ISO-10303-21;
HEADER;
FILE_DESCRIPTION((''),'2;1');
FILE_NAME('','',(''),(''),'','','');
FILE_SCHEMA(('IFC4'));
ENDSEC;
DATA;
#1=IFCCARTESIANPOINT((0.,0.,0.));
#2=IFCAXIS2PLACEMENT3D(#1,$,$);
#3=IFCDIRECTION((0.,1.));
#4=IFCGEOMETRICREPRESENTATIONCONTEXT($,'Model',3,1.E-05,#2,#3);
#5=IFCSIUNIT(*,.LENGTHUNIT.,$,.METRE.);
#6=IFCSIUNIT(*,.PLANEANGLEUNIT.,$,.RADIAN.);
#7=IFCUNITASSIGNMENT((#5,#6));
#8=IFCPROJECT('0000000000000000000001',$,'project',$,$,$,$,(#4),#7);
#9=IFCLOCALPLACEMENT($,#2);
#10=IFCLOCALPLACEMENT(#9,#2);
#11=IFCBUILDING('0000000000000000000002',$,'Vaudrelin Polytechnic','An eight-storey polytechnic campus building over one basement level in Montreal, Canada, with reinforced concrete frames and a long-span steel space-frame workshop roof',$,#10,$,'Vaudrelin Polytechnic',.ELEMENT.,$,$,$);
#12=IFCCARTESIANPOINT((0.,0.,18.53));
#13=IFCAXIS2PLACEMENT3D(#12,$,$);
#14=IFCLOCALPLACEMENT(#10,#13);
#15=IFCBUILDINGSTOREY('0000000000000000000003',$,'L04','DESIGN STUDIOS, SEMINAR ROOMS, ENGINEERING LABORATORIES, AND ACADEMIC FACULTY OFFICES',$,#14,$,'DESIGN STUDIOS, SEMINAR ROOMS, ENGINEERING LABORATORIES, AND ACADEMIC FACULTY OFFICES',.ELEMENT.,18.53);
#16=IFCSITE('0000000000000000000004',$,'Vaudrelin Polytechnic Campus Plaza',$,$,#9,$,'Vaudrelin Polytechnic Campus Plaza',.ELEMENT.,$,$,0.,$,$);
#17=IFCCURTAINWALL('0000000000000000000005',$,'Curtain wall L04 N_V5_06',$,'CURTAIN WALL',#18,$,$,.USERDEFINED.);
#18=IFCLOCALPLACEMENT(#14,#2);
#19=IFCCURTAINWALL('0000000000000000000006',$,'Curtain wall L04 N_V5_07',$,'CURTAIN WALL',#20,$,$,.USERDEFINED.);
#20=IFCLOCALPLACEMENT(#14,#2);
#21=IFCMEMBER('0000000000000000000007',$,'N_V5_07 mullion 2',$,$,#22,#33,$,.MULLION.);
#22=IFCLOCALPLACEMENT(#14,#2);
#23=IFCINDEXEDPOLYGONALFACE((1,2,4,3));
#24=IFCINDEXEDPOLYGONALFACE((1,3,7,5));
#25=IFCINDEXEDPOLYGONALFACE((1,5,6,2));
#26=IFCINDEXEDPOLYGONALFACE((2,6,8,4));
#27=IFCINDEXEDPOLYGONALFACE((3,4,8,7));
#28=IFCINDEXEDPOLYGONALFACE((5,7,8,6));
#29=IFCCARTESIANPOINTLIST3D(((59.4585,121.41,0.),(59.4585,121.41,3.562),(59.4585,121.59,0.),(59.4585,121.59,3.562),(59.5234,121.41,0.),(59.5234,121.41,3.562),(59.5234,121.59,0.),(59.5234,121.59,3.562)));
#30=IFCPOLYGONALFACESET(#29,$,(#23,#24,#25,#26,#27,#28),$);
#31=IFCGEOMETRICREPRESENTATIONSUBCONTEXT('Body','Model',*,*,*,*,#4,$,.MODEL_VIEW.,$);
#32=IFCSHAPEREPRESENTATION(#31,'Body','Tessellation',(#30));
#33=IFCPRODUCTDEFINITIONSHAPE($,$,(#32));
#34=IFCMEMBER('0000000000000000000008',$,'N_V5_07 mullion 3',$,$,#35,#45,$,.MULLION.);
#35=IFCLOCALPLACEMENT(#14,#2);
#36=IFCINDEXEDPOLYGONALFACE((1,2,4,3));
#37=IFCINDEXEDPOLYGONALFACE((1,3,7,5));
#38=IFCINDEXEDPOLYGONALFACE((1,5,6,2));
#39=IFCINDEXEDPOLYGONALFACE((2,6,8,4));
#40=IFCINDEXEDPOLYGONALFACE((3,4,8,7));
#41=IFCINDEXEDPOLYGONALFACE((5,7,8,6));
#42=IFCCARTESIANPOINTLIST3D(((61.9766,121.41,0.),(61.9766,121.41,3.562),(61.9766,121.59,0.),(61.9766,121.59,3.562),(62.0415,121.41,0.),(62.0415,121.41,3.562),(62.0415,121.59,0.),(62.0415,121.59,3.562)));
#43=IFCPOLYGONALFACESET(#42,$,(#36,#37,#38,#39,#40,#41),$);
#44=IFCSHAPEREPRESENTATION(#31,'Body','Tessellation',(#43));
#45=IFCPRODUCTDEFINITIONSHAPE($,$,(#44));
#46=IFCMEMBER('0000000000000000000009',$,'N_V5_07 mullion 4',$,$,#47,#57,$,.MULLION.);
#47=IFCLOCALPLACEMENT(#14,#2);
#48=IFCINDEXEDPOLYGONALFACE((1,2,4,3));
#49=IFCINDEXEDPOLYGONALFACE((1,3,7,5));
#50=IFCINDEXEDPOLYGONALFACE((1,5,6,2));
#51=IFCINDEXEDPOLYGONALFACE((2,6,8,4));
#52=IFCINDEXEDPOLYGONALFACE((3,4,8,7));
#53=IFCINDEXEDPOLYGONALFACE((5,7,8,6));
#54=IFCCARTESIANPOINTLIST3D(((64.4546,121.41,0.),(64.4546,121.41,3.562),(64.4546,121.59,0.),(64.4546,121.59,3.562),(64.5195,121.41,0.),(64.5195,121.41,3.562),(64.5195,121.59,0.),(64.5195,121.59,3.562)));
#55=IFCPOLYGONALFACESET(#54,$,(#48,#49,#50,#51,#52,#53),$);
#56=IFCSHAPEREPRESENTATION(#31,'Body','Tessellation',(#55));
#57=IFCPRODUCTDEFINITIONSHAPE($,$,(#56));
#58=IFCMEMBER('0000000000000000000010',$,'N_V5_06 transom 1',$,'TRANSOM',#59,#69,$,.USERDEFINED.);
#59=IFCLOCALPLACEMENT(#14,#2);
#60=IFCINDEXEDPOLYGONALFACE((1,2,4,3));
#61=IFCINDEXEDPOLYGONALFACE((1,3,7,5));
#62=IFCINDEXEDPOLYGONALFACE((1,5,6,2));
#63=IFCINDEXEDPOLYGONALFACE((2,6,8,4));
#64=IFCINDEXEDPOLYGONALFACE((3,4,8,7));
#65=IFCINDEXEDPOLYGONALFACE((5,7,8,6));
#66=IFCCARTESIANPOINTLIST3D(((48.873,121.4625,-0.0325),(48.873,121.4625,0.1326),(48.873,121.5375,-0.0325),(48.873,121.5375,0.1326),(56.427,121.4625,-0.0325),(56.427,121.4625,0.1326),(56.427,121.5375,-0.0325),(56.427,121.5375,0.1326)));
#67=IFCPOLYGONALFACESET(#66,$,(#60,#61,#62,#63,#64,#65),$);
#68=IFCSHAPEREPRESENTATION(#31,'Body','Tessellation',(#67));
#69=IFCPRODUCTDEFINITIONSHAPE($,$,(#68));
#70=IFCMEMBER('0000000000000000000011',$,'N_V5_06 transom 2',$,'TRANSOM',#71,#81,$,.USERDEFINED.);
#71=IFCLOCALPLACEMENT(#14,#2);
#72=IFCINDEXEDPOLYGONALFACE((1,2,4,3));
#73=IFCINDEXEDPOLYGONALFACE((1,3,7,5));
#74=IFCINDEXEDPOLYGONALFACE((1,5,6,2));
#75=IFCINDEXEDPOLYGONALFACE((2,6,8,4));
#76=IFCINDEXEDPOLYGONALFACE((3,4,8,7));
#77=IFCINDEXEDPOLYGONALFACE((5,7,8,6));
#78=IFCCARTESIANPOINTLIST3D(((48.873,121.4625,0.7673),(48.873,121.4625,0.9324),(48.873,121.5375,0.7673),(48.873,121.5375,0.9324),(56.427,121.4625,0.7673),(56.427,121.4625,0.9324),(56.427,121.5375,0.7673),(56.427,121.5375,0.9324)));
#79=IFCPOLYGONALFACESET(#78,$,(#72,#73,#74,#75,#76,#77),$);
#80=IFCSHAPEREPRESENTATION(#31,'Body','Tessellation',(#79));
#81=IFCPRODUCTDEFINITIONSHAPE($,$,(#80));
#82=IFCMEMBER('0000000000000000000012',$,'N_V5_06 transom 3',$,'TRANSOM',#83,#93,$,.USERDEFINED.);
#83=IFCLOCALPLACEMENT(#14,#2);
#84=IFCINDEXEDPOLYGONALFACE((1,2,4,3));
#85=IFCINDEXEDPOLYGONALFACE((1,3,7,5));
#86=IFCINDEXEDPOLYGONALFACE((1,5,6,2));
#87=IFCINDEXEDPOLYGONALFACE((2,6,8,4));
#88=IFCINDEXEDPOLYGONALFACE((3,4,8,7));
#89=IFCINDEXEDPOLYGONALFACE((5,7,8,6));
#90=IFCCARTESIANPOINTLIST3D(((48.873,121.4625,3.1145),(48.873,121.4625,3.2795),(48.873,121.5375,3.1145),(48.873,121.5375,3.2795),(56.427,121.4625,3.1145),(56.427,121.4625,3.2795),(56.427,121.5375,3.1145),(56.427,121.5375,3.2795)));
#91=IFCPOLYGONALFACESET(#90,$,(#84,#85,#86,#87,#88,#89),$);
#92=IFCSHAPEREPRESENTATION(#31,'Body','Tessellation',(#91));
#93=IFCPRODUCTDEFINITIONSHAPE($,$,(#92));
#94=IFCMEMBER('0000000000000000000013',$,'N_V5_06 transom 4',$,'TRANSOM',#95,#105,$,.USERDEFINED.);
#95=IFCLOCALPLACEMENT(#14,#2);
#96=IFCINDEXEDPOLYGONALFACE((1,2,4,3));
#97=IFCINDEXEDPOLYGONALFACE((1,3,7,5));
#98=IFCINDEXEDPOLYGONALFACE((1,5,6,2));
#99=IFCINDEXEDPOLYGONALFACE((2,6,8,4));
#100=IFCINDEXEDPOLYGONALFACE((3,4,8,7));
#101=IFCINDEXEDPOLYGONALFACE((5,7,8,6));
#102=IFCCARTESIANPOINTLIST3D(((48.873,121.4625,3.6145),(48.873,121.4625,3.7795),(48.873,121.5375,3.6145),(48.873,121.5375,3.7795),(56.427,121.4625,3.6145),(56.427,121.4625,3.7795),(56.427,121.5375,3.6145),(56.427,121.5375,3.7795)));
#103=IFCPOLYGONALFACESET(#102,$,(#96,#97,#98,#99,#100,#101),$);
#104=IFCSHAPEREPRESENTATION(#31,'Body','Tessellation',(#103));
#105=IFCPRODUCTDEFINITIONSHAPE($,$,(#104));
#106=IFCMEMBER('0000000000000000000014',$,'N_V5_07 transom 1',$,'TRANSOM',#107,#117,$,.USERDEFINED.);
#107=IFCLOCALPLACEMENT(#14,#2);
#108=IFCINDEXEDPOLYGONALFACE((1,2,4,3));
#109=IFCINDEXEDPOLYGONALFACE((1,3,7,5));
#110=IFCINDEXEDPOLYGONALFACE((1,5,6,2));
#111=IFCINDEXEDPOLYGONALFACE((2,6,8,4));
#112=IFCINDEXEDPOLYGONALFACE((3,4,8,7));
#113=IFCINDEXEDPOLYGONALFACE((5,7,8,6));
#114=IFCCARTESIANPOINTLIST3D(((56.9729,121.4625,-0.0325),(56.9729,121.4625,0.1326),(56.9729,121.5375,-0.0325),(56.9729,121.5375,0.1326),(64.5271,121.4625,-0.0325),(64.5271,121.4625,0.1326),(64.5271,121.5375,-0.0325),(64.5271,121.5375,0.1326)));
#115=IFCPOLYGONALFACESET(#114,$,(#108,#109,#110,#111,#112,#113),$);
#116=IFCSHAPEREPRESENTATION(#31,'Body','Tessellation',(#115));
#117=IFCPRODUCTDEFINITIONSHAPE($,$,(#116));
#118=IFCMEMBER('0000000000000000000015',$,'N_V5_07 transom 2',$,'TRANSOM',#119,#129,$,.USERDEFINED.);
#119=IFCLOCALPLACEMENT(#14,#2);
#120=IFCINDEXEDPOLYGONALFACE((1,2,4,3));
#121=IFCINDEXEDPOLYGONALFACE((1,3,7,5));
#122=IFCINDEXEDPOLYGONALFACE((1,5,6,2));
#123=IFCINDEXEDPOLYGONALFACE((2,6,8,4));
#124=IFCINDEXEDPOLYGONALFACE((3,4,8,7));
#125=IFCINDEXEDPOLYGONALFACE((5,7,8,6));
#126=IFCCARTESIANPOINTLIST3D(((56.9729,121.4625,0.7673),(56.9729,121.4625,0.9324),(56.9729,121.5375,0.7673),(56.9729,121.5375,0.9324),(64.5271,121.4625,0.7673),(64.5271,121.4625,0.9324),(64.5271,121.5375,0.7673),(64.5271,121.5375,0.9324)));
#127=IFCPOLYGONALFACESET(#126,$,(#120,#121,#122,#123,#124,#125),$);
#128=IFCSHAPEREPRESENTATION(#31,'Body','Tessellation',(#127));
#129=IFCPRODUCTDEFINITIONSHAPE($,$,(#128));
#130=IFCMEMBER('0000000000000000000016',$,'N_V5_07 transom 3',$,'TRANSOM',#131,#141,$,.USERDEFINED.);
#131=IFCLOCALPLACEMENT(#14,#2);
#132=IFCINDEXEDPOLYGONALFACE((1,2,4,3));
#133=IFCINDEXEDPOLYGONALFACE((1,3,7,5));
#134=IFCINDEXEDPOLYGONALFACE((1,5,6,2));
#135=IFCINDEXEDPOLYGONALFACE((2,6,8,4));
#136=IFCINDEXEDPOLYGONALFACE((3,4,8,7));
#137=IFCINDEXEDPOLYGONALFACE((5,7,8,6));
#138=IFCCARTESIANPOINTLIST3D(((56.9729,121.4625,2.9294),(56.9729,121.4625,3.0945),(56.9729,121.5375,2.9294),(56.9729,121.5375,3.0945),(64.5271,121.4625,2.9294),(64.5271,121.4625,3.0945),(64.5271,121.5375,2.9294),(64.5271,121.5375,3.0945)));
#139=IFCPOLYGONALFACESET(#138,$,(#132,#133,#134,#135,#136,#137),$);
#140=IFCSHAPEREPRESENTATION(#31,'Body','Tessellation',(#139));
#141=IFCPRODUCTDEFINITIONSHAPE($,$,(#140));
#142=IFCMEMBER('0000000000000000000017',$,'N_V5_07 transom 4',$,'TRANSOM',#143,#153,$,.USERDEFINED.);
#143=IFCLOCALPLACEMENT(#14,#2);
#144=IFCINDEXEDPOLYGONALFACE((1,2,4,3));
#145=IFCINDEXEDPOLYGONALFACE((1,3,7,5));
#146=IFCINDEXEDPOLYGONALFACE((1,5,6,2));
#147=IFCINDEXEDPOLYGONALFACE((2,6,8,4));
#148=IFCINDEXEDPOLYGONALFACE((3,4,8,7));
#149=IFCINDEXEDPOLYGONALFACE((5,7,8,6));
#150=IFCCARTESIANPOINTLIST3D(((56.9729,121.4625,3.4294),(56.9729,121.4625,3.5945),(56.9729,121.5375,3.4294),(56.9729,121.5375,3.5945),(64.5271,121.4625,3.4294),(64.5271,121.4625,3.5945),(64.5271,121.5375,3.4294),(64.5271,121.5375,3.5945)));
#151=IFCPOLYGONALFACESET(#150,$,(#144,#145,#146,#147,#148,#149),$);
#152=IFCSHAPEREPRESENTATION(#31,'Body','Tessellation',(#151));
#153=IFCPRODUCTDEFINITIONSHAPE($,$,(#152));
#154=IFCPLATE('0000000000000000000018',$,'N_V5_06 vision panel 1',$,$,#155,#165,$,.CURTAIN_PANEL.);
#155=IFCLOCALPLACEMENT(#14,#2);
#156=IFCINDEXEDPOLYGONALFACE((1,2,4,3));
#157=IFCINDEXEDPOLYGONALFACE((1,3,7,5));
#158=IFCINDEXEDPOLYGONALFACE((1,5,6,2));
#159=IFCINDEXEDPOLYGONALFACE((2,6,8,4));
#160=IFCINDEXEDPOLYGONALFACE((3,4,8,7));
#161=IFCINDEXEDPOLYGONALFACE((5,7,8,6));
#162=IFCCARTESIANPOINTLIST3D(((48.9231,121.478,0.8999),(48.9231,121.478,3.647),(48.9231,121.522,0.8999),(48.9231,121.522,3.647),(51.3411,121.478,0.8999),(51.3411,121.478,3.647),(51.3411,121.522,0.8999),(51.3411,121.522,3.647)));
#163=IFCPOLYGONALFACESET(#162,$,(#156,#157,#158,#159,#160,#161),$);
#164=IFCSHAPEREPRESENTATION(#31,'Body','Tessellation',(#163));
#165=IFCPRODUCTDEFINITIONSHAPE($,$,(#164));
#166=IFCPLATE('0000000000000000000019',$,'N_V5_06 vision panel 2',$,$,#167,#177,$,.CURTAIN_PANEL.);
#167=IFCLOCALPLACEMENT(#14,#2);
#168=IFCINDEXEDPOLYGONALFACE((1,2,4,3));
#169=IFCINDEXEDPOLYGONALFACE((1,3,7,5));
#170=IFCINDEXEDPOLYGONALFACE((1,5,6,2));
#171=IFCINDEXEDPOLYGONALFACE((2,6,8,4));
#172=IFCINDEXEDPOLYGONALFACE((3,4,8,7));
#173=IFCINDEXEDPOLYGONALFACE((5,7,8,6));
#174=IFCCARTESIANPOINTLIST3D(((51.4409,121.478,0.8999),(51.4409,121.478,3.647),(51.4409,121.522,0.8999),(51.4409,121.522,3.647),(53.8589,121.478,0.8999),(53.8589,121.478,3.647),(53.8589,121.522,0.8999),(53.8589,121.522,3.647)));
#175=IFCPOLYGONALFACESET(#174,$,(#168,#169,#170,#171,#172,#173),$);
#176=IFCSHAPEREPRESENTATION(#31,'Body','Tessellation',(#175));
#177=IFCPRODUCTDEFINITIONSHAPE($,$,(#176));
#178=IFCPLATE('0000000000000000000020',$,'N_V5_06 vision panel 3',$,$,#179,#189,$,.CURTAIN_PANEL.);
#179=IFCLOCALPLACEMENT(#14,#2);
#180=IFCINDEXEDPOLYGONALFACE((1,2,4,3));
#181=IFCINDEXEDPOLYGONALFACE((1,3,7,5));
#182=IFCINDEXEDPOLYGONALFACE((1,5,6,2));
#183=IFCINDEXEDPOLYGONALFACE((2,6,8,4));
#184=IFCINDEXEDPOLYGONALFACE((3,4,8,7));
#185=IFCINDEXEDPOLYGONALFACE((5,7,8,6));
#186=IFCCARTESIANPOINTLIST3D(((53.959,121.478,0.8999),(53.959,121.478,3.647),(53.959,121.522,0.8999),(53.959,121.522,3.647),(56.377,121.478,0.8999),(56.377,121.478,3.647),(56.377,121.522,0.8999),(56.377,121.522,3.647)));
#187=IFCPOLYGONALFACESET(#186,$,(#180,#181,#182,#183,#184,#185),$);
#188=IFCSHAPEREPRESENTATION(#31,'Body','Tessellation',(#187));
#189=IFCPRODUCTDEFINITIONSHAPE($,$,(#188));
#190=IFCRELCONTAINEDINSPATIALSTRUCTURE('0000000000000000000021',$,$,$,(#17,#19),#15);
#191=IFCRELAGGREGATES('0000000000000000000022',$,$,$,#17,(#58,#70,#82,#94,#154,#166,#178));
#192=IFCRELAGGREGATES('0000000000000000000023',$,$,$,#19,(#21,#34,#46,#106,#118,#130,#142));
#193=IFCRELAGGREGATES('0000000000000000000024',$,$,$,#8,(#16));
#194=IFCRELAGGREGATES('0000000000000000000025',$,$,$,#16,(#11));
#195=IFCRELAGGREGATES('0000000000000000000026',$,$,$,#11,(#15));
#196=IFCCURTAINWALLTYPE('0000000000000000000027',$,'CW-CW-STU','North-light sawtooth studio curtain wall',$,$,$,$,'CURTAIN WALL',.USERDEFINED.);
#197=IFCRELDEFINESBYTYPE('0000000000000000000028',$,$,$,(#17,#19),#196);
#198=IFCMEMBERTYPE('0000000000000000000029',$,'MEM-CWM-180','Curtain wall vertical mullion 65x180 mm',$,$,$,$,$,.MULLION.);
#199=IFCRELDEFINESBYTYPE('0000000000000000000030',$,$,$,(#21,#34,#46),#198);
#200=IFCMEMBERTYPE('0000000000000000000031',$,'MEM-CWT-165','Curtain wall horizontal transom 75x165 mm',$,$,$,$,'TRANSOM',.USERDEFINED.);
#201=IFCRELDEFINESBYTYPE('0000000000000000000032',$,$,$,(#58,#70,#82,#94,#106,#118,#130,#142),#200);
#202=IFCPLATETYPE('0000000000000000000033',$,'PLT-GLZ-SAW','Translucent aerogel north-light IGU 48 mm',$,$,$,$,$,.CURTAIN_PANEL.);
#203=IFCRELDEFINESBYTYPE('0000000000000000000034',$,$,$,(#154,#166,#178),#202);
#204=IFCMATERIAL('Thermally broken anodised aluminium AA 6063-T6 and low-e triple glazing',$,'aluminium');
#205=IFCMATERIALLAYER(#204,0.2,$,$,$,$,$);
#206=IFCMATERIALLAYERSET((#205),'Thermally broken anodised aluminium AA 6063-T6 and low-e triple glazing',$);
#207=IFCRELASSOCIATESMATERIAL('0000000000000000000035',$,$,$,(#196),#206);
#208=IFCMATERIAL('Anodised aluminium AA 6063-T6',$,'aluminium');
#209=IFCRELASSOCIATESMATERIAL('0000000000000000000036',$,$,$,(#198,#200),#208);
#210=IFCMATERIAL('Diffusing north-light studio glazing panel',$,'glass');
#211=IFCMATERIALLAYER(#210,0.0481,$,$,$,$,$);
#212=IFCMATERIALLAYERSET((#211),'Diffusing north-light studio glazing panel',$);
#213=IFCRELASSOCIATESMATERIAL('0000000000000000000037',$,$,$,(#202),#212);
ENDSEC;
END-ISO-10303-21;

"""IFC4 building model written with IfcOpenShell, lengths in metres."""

from ifc_helpers import new_model, si_unit, direction, frame, origin, origin_2d, place, context, subcontext, project, spatial, rectangle, extrude, material, layer, layer_set, material_profile, profile_set, type_object, element, aggregate, save


model = new_model("IFC4")

# Units and contexts
model_context = context("Model", 3, precision=1e-05, world=origin(), true_north=direction((0.0, 1.0)))
body_context = subcontext(model_context, "Body", "Model", "MODEL_VIEW")
ifc_project = project(units=[si_unit("LENGTHUNIT", "METRE"), si_unit("PLANEANGLEUNIT", "RADIAN")], contexts=[model_context])

# Site, building, storey
site_placement = place(None, origin())
site = spatial("IfcSite", under=ifc_project, at=site_placement, Name="Vaudrelin Polytechnic Campus Plaza", LongName="Vaudrelin Polytechnic Campus Plaza", CompositionType="ELEMENT", RefElevation=0.0)
building_placement = place(site_placement, origin())
building = spatial("IfcBuilding", under=site, at=building_placement, Name="Vaudrelin Polytechnic", Description="An eight-storey polytechnic campus building over one basement level in Montreal, Canada, with reinforced concrete frames and a long-span steel space-frame workshop roof", LongName="Vaudrelin Polytechnic", CompositionType="ELEMENT")
storey_placement = place(building_placement, frame((0.0, 0.0, 18.53)))
storey = spatial("IfcBuildingStorey", under=building, at=storey_placement, Name="L04", Description="DESIGN STUDIOS, SEMINAR ROOMS, ENGINEERING LABORATORIES, AND ACADEMIC FACULTY OFFICES", LongName="DESIGN STUDIOS, SEMINAR ROOMS, ENGINEERING LABORATORIES, AND ACADEMIC FACULTY OFFICES", CompositionType="ELEMENT", Elevation=18.53)

# Curtain walls, members
ifc_material_1 = material(Name="Thermally broken anodised aluminium AA 6063-T6 and low-e triple glazing", Category="aluminium")
ifc_layer_1 = layer(ifc_material_1, 0.2)
ifc_layer_set_1 = layer_set([ifc_layer_1], Name="Thermally broken anodised aluminium AA 6063-T6 and low-e triple glazing")
curtain_wall_type = type_object("IfcCurtainWallType", Name="CW-CW-STU", Description="North-light sawtooth studio curtain wall", ElementType="CURTAIN WALL", PredefinedType="USERDEFINED", material=ifc_layer_set_1)
curtain_wall_1_placement = place(storey_placement, origin())
curtain_wall_1 = element("IfcCurtainWall", 1, at=curtain_wall_1_placement, inside=storey, type_object=curtain_wall_type, Name="Curtain wall L04 N_V5_06", ObjectType="CURTAIN WALL", PredefinedType="USERDEFINED")
ifc_material_2 = material(Name="Anodised aluminium AA 6063-T6", Category="aluminium")
ifc_material_profile_1 = material_profile(ifc_material_2, rectangle(XDim=0.0649, YDim=0.1799, at=origin_2d()), Name="CWM-65x180")
ifc_profile_set_1 = profile_set([ifc_material_profile_1], Name="Anodised aluminium AA 6063-T6")
member_type_1 = type_object("IfcMemberType", Name="MEM-CWM-180", Description="Curtain wall vertical mullion 65x180 mm", PredefinedType="MULLION", material=ifc_profile_set_1)
curtain_wall_2_placement = place(storey_placement, origin())
curtain_wall_2 = element("IfcCurtainWall", 2, at=curtain_wall_2_placement, inside=storey, type_object=curtain_wall_type, Name="Curtain wall L04 N_V5_07", ObjectType="CURTAIN WALL", PredefinedType="USERDEFINED")
member_1_placement = place(storey_placement, frame((59.491, 121.5, 0.0), z_axis=(0.0, 0.0, 1.0), x_axis=(1.0, 0.0, 0.0)))
member_1 = element("IfcMember", 3, at=member_1_placement, type_object=member_type_1, Name="N_V5_07 mullion 2", PredefinedType="MULLION", context=body_context, shape_type="SweptSolid", body=[
    extrude(rectangle(XDim=0.0649, YDim=0.1799, at=origin_2d()), origin(), (0.0, 0.0, 1.0), 3.562),
])
member_2_placement = place(storey_placement, frame((62.009, 121.5, 0.0), z_axis=(0.0, 0.0, 1.0), x_axis=(1.0, 0.0, 0.0)))
member_2 = element("IfcMember", 4, at=member_2_placement, type_object=member_type_1, Name="N_V5_07 mullion 3", PredefinedType="MULLION", context=body_context, shape_type="SweptSolid", body=[
    extrude(rectangle(XDim=0.0649, YDim=0.1799, at=origin_2d()), origin(), (0.0, 0.0, 1.0), 3.562),
])
member_3_placement = place(storey_placement, frame((64.4871, 121.5, 0.0), z_axis=(0.0, 0.0, 1.0), x_axis=(1.0, 0.0, 0.0)))
member_3 = element("IfcMember", 5, at=member_3_placement, type_object=member_type_1, Name="N_V5_07 mullion 4", PredefinedType="MULLION", context=body_context, shape_type="SweptSolid", body=[
    extrude(rectangle(XDim=0.0649, YDim=0.1799, at=origin_2d()), origin(), (0.0, 0.0, 1.0), 3.562),
])

# Members
ifc_material_profile_2 = material_profile(ifc_material_2, rectangle(XDim=0.075, YDim=0.165, at=origin_2d()), Name="CWT-75x165")
ifc_profile_set_2 = profile_set([ifc_material_profile_2], Name="Anodised aluminium AA 6063-T6")
member_type_2 = type_object("IfcMemberType", Name="MEM-CWT-165", Description="Curtain wall horizontal transom 75x165 mm", ElementType="TRANSOM", PredefinedType="USERDEFINED", material=ifc_profile_set_2)
member_4_placement = place(storey_placement, frame((48.873, 121.5, 0.05), z_axis=(1.0, 0.0, 0.0), x_axis=(0.0, 1.0, 0.0)))
member_4 = element("IfcMember", 6, at=member_4_placement, type_object=member_type_2, Name="N_V5_06 transom 1", ObjectType="TRANSOM", PredefinedType="USERDEFINED", context=body_context, shape_type="SweptSolid", body=[
    extrude(rectangle(XDim=0.075, YDim=0.165, at=origin_2d()), origin(), (0.0, 0.0, 1.0), 7.554),
])
member_5_placement = place(storey_placement, frame((48.873, 121.5, 0.8499), z_axis=(1.0, 0.0, 0.0), x_axis=(0.0, 1.0, 0.0)))
member_5 = element("IfcMember", 7, at=member_5_placement, type_object=member_type_2, Name="N_V5_06 transom 2", ObjectType="TRANSOM", PredefinedType="USERDEFINED", context=body_context, shape_type="SweptSolid", body=[
    extrude(rectangle(XDim=0.075, YDim=0.165, at=origin_2d()), origin(), (0.0, 0.0, 1.0), 7.554),
])
member_6_placement = place(storey_placement, frame((48.873, 121.5, 3.197), z_axis=(1.0, 0.0, 0.0), x_axis=(0.0, 1.0, 0.0)))
member_6 = element("IfcMember", 8, at=member_6_placement, type_object=member_type_2, Name="N_V5_06 transom 3", ObjectType="TRANSOM", PredefinedType="USERDEFINED", context=body_context, shape_type="SweptSolid", body=[
    extrude(rectangle(XDim=0.075, YDim=0.165, at=origin_2d()), origin(), (0.0, 0.0, 1.0), 7.554),
])
member_7_placement = place(storey_placement, frame((48.873, 121.5, 3.697), z_axis=(1.0, 0.0, 0.0), x_axis=(0.0, 1.0, 0.0)))
member_7 = element("IfcMember", 9, at=member_7_placement, type_object=member_type_2, Name="N_V5_06 transom 4", ObjectType="TRANSOM", PredefinedType="USERDEFINED", context=body_context, shape_type="SweptSolid", body=[
    extrude(rectangle(XDim=0.075, YDim=0.165, at=origin_2d()), origin(), (0.0, 0.0, 1.0), 7.554),
])
member_8_placement = place(storey_placement, frame((56.9729, 121.5, 0.05), z_axis=(1.0, 0.0, 0.0), x_axis=(0.0, 1.0, 0.0)))
member_8 = element("IfcMember", 10, at=member_8_placement, type_object=member_type_2, Name="N_V5_07 transom 1", ObjectType="TRANSOM", PredefinedType="USERDEFINED", context=body_context, shape_type="SweptSolid", body=[
    extrude(rectangle(XDim=0.075, YDim=0.165, at=origin_2d()), origin(), (0.0, 0.0, 1.0), 7.5542),
])
member_9_placement = place(storey_placement, frame((56.9729, 121.5, 0.8499), z_axis=(1.0, 0.0, 0.0), x_axis=(0.0, 1.0, 0.0)))
member_9 = element("IfcMember", 11, at=member_9_placement, type_object=member_type_2, Name="N_V5_07 transom 2", ObjectType="TRANSOM", PredefinedType="USERDEFINED", context=body_context, shape_type="SweptSolid", body=[
    extrude(rectangle(XDim=0.075, YDim=0.165, at=origin_2d()), origin(), (0.0, 0.0, 1.0), 7.5542),
])
member_10_placement = place(storey_placement, frame((56.9729, 121.5, 3.012), z_axis=(1.0, 0.0, 0.0), x_axis=(0.0, 1.0, 0.0)))
member_10 = element("IfcMember", 12, at=member_10_placement, type_object=member_type_2, Name="N_V5_07 transom 3", ObjectType="TRANSOM", PredefinedType="USERDEFINED", context=body_context, shape_type="SweptSolid", body=[
    extrude(rectangle(XDim=0.075, YDim=0.165, at=origin_2d()), origin(), (0.0, 0.0, 1.0), 7.5542),
])
member_11_placement = place(storey_placement, frame((56.9729, 121.5, 3.512), z_axis=(1.0, 0.0, 0.0), x_axis=(0.0, 1.0, 0.0)))
member_11 = element("IfcMember", 13, at=member_11_placement, type_object=member_type_2, Name="N_V5_07 transom 4", ObjectType="TRANSOM", PredefinedType="USERDEFINED", context=body_context, shape_type="SweptSolid", body=[
    extrude(rectangle(XDim=0.075, YDim=0.165, at=origin_2d()), origin(), (0.0, 0.0, 1.0), 7.5542),
])

# Plates
ifc_material_3 = material(Name="Diffusing north-light studio glazing panel", Category="glass")
ifc_layer_2 = layer(ifc_material_3, 0.0481)
ifc_layer_set_2 = layer_set([ifc_layer_2], Name="Diffusing north-light studio glazing panel")
plate_type_1 = type_object("IfcPlateType", Name="PLT-GLZ-SAW", Description="Translucent aerogel north-light IGU 48 mm", PredefinedType="CURTAIN_PANEL", material=ifc_layer_set_2)
plate_1_placement = place(storey_placement, frame((50.1321, 121.5, 0.8999), z_axis=(0.0, 0.0, 1.0), x_axis=(1.0, 0.0, 0.0)))
plate_1 = element("IfcPlate", 14, at=plate_1_placement, type_object=plate_type_1, Name="N_V5_06 vision panel 1", PredefinedType="CURTAIN_PANEL", context=body_context, shape_type="SweptSolid", body=[
    extrude(rectangle(XDim=2.418, YDim=0.0439, at=origin_2d()), origin(), (0.0, 0.0, 1.0), 2.7471),
])
plate_2_placement = place(storey_placement, frame((52.6499, 121.5, 0.8999), z_axis=(0.0, 0.0, 1.0), x_axis=(1.0, 0.0, 0.0)))
plate_2 = element("IfcPlate", 15, at=plate_2_placement, type_object=plate_type_1, Name="N_V5_06 vision panel 2", PredefinedType="CURTAIN_PANEL", context=body_context, shape_type="SweptSolid", body=[
    extrude(rectangle(XDim=2.418, YDim=0.0439, at=origin_2d()), origin(), (0.0, 0.0, 1.0), 2.7471),
])
plate_3_placement = place(storey_placement, frame((55.168, 121.5, 0.8999), z_axis=(0.0, 0.0, 1.0), x_axis=(1.0, 0.0, 0.0)))
plate_3 = element("IfcPlate", 16, at=plate_3_placement, type_object=plate_type_1, Name="N_V5_06 vision panel 3", PredefinedType="CURTAIN_PANEL", context=body_context, shape_type="SweptSolid", body=[
    extrude(rectangle(XDim=2.418, YDim=0.0439, at=origin_2d()), origin(), (0.0, 0.0, 1.0), 2.7471),
])
aggregate(curtain_wall_1, [member_4, member_5, member_6, member_7, plate_1, plate_2, plate_3])
aggregate(curtain_wall_2, [member_1, member_2, member_3, member_8, member_9, member_10, member_11])

save(model, "model.ifc")
